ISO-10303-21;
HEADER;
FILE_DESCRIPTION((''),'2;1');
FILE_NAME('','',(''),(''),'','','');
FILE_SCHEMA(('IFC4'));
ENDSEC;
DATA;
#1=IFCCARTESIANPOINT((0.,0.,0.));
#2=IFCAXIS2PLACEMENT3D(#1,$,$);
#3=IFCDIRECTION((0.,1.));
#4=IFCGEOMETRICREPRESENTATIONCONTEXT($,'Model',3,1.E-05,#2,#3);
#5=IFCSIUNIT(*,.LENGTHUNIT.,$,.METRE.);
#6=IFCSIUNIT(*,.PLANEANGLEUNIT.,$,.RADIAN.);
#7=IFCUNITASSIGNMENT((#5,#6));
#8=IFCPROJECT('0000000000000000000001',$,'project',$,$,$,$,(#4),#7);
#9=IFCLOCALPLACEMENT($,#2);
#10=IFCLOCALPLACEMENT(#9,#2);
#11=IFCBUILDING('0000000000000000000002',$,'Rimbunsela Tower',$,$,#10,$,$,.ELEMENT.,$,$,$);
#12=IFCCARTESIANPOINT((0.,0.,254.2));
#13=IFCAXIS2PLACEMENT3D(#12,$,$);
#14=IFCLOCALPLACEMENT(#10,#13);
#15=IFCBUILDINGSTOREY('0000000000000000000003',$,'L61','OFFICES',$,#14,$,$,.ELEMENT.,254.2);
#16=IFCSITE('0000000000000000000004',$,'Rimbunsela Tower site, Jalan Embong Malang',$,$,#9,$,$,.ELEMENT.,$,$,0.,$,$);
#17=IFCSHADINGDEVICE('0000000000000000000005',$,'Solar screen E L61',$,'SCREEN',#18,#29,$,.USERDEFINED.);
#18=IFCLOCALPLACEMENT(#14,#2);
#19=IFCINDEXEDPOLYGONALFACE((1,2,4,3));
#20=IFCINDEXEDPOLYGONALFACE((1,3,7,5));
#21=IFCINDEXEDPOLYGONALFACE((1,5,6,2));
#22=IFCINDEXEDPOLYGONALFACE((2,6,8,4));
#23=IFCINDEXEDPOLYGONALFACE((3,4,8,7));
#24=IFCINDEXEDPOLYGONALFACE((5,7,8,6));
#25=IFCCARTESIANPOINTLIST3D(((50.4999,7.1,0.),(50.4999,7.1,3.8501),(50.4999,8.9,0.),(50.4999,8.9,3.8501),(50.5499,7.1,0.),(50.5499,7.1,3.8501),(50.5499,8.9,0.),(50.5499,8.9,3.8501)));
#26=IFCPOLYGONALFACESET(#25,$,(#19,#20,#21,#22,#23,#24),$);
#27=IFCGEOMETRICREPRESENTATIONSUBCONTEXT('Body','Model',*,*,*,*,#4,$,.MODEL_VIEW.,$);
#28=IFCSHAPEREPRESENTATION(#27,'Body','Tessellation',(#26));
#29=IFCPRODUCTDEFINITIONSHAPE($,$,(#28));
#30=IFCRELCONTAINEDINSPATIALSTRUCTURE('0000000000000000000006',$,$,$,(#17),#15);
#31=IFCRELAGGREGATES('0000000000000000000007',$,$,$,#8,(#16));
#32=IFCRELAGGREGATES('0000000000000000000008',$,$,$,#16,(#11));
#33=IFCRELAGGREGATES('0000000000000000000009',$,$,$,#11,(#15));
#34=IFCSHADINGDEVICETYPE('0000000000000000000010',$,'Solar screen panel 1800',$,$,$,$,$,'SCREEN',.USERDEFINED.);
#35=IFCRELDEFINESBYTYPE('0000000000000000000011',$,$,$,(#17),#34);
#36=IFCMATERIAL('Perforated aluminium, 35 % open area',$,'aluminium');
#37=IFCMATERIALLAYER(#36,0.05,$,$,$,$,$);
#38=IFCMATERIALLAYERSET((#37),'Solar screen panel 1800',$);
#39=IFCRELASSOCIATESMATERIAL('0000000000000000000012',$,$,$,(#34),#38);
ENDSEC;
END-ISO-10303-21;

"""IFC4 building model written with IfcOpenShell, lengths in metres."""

from ifc_helpers import new_model, si_unit, direction, frame, origin, origin_2d, place, context, subcontext, project, spatial, rectangle, extrude, material, layer, layer_set, type_object, element, save


model = new_model("IFC4")

# Units and contexts
model_context = context("Model", 3, precision=1e-05, world=origin(), true_north=direction((0.0, 1.0)))
body_context = subcontext(model_context, "Body", "Model", "MODEL_VIEW")
ifc_project = project(units=[si_unit("LENGTHUNIT", "METRE"), si_unit("PLANEANGLEUNIT", "RADIAN")], contexts=[model_context])

# Site, building, storey
site_placement = place(None, origin())
site = spatial("IfcSite", under=ifc_project, at=site_placement, Name="Rimbunsela Tower site, Jalan Embong Malang", CompositionType="ELEMENT", RefElevation=0.0)
building_placement = place(site_placement, origin())
building = spatial("IfcBuilding", under=site, at=building_placement, Name="Rimbunsela Tower", CompositionType="ELEMENT")
storey_placement = place(building_placement, frame((0.0, 0.0, 254.2)))
storey = spatial("IfcBuildingStorey", under=building, at=storey_placement, Name="L61", Description="OFFICES", CompositionType="ELEMENT", Elevation=254.2)

# Shading device
ifc_material_1 = material(Name="Perforated aluminium, 35 % open area", Category="aluminium")
ifc_layer_1 = layer(ifc_material_1, 0.05)
ifc_layer_set_1 = layer_set([ifc_layer_1], Name="Solar screen panel 1800")
shading_device_type = type_object("IfcShadingDeviceType", Name="Solar screen panel 1800", ElementType="SCREEN", PredefinedType="USERDEFINED", material=ifc_layer_set_1)
for number, where, z_axis, x_axis, name in (
    (1, (50.5249, 8.0, 0.0), (0.0, 0.0, 1.0), (0.0, 1.0, 0.0), "Solar screen E L61"),
):
    element("IfcShadingDevice", number, at=place(storey_placement, frame(where, z_axis=z_axis, x_axis=x_axis)), inside=storey, type_object=shading_device_type, Name=name, ObjectType="SCREEN", PredefinedType="USERDEFINED", context=body_context, shape_type="SweptSolid", body=[
        extrude(rectangle(XDim=1.8, YDim=0.05, at=origin_2d()), origin(), (0.0, 0.0, 1.0), 3.8501),
    ])

save(model, "model.ifc")
